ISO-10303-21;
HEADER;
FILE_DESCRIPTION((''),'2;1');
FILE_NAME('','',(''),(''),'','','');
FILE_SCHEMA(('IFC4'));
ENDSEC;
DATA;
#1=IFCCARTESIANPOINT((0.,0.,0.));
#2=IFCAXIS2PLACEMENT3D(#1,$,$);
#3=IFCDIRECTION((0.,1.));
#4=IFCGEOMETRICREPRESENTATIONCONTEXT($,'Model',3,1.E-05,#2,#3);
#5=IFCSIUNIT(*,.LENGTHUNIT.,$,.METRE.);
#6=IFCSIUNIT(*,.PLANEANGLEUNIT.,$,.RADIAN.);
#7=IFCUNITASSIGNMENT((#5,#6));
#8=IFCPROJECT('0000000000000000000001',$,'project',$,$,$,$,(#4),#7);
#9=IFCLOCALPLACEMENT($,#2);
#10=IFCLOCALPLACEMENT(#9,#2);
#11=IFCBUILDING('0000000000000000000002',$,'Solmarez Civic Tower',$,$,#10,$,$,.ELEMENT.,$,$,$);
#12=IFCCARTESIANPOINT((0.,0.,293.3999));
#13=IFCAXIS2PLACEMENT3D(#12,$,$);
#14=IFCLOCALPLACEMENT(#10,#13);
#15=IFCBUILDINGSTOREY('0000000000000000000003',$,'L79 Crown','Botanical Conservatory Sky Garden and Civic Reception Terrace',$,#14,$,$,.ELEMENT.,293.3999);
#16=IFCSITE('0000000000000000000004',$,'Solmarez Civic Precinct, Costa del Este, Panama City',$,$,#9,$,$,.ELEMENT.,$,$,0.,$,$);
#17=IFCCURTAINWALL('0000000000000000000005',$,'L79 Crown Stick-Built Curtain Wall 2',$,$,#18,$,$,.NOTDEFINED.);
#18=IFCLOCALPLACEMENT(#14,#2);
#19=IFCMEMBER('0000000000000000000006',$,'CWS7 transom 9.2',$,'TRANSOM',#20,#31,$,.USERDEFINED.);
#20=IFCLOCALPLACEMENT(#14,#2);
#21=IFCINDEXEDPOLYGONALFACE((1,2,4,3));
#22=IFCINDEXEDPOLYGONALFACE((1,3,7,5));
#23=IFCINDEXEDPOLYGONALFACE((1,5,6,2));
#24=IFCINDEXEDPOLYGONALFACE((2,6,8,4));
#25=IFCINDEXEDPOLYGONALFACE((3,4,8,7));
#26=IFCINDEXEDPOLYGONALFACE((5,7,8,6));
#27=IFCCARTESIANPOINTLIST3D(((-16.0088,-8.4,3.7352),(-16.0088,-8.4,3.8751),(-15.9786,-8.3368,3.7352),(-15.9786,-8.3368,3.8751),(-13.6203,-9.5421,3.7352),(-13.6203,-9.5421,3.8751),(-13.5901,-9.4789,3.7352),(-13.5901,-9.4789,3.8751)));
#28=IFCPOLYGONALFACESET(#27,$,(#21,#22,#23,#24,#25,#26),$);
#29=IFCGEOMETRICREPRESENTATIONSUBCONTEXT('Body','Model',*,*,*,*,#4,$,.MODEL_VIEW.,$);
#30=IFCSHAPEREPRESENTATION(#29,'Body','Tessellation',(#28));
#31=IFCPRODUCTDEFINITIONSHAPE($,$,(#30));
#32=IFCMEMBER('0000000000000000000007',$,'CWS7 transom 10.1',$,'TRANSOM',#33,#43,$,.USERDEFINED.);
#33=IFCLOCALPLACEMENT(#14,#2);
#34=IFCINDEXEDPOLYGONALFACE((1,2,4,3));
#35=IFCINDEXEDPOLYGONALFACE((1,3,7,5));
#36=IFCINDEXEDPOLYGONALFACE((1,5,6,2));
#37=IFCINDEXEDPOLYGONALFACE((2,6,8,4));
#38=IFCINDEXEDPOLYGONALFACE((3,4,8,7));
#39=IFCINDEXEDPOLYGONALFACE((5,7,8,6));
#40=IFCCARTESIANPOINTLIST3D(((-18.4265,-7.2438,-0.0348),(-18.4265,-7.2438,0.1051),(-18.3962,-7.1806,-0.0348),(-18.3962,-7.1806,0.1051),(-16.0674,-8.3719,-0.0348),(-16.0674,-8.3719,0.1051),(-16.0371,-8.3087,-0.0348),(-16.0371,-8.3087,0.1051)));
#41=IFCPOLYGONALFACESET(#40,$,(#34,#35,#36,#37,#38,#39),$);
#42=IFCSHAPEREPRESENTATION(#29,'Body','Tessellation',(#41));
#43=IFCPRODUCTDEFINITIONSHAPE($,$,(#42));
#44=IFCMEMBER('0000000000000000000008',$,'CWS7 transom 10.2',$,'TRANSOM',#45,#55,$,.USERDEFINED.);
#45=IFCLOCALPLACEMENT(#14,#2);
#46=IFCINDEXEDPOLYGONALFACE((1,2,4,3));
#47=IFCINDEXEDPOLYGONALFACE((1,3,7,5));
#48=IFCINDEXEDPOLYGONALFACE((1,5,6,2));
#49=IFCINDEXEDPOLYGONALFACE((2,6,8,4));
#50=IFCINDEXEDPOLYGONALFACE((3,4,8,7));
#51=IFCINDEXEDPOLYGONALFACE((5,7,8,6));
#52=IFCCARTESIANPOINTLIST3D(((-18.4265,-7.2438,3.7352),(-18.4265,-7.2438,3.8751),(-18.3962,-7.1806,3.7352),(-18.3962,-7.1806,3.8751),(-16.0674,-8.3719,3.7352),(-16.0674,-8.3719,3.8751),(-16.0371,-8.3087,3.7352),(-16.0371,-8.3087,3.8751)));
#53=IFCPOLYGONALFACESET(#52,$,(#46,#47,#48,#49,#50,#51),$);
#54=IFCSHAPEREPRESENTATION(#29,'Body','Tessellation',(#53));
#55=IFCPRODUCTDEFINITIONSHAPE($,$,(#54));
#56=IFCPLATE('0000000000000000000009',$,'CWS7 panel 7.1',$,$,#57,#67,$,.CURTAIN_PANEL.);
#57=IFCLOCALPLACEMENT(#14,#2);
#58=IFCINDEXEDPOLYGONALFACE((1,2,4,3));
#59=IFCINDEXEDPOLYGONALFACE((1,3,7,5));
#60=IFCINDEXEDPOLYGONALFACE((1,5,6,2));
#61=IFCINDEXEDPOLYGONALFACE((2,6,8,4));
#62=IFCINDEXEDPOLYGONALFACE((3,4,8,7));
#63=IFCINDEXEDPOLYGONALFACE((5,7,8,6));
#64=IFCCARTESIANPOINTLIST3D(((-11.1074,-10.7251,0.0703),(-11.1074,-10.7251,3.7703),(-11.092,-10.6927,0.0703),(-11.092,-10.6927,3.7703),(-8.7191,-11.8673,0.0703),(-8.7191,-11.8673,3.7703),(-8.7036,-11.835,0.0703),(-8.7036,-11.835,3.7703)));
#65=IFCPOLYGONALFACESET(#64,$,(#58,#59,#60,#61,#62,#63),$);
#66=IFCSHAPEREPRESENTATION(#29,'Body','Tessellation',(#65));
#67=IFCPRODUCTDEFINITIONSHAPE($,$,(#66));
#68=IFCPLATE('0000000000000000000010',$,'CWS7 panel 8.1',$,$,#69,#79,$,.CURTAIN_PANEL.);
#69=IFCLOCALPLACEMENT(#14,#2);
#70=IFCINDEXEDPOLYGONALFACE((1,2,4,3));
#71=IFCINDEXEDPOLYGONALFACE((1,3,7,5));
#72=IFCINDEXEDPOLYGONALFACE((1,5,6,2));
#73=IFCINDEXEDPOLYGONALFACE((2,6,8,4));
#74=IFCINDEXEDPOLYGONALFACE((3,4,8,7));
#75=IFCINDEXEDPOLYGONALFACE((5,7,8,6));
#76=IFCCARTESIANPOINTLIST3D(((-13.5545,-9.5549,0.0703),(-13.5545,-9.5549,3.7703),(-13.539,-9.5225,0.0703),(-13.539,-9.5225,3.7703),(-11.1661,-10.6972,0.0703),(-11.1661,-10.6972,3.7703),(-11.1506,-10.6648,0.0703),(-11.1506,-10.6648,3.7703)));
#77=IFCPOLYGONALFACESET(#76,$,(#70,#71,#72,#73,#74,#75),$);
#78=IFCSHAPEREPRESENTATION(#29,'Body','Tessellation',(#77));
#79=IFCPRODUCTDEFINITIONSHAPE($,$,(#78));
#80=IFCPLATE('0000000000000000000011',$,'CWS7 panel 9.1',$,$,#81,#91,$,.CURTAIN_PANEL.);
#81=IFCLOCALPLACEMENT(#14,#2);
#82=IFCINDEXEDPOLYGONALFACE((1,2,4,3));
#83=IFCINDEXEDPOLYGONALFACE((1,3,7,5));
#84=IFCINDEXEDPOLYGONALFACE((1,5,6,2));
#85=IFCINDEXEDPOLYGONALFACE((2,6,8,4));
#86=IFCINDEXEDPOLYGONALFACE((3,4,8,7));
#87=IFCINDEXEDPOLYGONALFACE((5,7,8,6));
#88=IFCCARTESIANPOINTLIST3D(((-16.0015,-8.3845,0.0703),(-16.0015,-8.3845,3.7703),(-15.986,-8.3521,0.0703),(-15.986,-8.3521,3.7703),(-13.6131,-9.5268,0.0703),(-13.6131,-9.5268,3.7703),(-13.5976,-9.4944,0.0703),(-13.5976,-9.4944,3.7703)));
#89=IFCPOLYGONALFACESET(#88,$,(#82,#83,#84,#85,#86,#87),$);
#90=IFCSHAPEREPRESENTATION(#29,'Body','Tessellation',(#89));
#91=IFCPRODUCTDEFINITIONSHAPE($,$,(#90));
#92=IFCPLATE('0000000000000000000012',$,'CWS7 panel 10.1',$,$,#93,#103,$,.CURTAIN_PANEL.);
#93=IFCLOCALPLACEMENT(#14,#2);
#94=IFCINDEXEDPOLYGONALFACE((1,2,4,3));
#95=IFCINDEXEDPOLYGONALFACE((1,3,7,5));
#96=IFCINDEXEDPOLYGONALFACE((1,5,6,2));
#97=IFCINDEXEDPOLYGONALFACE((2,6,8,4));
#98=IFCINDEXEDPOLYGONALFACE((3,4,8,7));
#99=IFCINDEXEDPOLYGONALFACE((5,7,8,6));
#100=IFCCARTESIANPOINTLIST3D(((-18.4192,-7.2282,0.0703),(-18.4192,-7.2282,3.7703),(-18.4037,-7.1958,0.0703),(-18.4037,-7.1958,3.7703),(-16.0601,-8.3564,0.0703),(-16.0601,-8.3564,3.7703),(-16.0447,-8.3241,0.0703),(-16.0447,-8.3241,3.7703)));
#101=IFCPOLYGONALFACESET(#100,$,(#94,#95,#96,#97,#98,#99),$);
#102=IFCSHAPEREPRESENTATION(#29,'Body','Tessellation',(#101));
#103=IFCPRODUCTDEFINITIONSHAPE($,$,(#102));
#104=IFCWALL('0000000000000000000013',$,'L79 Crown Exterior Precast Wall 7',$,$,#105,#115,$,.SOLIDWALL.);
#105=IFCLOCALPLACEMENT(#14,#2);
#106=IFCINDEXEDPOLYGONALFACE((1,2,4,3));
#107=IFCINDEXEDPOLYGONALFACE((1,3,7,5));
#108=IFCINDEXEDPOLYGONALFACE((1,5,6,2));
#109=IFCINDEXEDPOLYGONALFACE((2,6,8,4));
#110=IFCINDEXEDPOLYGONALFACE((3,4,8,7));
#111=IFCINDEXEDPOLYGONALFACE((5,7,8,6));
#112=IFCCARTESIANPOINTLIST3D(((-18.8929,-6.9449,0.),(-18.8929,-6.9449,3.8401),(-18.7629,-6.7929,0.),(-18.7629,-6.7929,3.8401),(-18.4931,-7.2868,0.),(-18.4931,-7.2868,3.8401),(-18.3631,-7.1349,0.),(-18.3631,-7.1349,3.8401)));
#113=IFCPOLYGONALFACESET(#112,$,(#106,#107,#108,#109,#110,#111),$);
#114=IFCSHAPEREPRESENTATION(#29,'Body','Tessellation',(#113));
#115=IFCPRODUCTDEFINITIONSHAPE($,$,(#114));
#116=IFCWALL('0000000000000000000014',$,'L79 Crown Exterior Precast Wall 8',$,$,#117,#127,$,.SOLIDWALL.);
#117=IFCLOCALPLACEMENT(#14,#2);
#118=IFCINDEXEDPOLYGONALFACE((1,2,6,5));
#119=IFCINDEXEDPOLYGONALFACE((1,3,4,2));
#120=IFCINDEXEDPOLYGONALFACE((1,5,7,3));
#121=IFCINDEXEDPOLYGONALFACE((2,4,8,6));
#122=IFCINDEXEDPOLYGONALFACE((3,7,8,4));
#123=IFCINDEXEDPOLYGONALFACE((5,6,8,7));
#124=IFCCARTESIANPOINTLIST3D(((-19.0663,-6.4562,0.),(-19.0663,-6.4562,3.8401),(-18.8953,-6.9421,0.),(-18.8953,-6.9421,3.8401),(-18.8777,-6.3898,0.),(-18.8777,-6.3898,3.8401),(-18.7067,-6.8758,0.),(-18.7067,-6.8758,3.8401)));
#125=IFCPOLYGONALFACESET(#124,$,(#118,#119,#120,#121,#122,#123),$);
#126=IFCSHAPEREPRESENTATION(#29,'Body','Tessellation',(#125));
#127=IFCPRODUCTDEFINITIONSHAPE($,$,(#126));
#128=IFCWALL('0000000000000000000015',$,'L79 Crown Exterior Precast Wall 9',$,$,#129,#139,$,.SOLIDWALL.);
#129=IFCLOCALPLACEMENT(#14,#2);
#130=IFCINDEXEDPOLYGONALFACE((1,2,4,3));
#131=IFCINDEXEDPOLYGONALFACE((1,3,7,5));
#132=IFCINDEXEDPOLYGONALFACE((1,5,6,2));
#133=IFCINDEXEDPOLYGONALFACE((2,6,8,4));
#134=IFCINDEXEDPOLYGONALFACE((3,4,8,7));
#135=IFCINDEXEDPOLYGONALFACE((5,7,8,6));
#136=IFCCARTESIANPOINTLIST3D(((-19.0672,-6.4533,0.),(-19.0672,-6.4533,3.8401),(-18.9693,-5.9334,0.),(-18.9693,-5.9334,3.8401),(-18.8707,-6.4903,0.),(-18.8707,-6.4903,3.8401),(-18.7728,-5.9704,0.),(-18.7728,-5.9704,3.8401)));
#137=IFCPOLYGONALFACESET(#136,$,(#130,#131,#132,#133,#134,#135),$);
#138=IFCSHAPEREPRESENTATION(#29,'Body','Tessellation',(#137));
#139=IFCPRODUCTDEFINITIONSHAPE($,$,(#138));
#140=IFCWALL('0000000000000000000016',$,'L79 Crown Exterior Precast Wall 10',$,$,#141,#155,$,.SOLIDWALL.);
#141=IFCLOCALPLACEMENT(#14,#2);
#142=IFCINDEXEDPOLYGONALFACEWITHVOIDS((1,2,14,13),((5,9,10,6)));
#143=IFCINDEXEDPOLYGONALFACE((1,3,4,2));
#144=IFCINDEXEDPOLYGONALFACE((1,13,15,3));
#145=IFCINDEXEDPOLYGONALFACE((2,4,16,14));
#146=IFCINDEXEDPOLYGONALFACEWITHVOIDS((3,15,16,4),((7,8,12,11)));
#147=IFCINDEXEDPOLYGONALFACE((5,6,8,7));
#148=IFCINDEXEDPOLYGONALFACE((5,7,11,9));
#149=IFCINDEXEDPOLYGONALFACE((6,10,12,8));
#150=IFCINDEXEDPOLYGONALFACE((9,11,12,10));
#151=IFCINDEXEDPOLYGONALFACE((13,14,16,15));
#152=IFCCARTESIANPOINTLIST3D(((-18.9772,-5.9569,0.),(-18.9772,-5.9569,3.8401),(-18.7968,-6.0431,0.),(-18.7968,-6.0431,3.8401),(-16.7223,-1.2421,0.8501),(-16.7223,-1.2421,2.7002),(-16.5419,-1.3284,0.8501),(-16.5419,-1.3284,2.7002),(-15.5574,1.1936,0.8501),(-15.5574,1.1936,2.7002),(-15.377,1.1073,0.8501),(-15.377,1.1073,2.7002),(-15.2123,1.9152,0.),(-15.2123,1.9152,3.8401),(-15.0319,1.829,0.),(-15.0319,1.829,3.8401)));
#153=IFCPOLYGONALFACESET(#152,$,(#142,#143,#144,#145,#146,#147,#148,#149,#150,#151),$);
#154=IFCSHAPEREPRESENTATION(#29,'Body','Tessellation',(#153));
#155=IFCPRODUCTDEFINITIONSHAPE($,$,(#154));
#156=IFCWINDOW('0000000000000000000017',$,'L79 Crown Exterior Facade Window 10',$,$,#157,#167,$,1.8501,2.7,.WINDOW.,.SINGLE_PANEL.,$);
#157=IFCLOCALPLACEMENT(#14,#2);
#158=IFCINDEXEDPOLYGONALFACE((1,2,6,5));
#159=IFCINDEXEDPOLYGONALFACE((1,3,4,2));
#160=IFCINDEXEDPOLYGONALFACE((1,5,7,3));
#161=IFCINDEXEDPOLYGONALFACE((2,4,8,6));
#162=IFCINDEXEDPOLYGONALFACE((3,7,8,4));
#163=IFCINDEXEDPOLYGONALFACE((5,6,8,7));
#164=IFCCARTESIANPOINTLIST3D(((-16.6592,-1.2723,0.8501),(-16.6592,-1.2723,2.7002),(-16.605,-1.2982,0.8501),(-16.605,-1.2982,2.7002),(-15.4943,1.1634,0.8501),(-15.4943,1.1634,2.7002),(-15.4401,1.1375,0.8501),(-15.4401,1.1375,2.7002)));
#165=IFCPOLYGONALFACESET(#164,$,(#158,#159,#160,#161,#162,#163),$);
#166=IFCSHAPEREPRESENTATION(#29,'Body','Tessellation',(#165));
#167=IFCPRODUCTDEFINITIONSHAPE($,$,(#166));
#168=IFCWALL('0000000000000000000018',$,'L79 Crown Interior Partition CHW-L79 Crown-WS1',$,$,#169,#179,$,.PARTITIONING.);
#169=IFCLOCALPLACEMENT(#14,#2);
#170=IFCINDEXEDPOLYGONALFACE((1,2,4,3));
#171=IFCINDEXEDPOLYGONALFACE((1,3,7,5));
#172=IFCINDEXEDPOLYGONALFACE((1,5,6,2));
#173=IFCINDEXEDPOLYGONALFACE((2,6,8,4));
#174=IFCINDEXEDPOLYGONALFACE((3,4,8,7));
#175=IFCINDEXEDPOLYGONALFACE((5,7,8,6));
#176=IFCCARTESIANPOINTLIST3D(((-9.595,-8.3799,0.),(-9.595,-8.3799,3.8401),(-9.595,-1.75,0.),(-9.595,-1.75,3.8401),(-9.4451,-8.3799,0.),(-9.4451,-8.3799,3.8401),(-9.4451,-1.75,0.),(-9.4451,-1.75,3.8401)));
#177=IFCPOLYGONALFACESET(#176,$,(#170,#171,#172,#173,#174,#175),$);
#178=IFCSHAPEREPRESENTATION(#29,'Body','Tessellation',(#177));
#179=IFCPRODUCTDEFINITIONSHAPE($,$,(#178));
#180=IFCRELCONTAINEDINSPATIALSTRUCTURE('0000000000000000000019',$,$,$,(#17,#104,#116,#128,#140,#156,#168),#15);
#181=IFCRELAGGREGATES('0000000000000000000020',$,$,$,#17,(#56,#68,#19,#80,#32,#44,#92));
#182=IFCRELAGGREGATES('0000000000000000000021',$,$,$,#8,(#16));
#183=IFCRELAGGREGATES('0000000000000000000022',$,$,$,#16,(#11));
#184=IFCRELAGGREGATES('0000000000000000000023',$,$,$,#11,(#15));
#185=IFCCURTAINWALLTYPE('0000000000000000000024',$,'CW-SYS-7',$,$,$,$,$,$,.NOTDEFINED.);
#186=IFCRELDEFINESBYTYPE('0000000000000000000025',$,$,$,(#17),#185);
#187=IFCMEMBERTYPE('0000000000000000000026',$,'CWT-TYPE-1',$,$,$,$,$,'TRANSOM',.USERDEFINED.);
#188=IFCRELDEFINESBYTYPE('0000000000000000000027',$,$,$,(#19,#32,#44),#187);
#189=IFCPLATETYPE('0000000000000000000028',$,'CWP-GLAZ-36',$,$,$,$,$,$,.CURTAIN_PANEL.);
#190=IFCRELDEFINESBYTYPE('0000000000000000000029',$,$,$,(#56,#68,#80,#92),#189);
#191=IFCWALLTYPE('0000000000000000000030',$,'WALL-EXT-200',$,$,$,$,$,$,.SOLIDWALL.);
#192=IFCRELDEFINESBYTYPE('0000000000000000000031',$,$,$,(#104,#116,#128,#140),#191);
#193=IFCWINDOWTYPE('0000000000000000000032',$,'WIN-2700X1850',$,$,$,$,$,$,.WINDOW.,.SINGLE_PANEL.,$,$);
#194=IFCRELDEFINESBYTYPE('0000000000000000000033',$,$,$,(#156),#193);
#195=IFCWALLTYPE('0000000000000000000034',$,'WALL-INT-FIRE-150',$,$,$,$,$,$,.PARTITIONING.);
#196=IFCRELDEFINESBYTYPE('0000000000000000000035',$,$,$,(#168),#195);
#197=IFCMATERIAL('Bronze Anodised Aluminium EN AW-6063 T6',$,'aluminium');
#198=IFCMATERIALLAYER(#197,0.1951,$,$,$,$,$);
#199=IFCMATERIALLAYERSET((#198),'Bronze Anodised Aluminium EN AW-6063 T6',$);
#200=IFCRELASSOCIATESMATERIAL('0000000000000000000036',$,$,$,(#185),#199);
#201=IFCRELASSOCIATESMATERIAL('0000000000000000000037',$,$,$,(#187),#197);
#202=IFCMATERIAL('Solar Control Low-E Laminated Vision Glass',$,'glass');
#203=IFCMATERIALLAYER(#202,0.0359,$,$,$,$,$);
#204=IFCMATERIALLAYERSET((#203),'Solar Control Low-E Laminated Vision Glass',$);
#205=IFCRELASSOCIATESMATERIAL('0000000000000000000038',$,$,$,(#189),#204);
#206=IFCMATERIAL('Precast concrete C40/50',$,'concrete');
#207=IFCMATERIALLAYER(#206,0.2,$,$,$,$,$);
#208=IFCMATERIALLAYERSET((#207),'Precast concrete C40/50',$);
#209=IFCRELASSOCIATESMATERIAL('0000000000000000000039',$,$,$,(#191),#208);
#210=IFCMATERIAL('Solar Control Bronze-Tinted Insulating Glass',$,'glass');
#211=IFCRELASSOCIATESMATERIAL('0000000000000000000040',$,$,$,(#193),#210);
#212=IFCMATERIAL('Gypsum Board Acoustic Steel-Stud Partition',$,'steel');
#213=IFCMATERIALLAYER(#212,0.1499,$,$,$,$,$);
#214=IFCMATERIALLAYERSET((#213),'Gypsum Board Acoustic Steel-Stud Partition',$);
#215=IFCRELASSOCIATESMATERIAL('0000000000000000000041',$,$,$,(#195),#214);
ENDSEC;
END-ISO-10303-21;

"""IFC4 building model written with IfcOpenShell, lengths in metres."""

from ifc_helpers import new_model, si_unit, direction, frame, frame_2d, origin, origin_2d, place, context, subcontext, project, spatial, rectangle, extrude, material, layer, layer_set, material_profile, profile_set, type_object, element, fill, aggregate, save


model = new_model("IFC4")

# Units and contexts
model_context = context("Model", 3, precision=1e-05, world=origin(), true_north=direction((0.0, 1.0)))
body_context = subcontext(model_context, "Body", "Model", "MODEL_VIEW")
ifc_project = project(units=[si_unit("LENGTHUNIT", "METRE"), si_unit("PLANEANGLEUNIT", "RADIAN")], contexts=[model_context])

# Site, building, storey
site_placement = place(None, origin())
site = spatial("IfcSite", under=ifc_project, at=site_placement, Name="Solmarez Civic Precinct, Costa del Este, Panama City", CompositionType="ELEMENT", RefElevation=0.0)
building_placement = place(site_placement, origin())
building = spatial("IfcBuilding", under=site, at=building_placement, Name="Solmarez Civic Tower", CompositionType="ELEMENT")
storey_placement = place(building_placement, frame((0.0, 0.0, 293.3999)))
storey = spatial("IfcBuildingStorey", under=building, at=storey_placement, Name="L79 Crown", Description="Botanical Conservatory Sky Garden and Civic Reception Terrace", CompositionType="ELEMENT", Elevation=293.3999)

# Curtain wall, members, plates
ifc_material_1 = material(Name="Bronze Anodised Aluminium EN AW-6063 T6", Category="aluminium")
ifc_layer_1 = layer(ifc_material_1, 0.1951)
ifc_layer_set_1 = layer_set([ifc_layer_1], Name="Bronze Anodised Aluminium EN AW-6063 T6")
curtain_wall_type = type_object("IfcCurtainWallType", Name="CW-SYS-7", PredefinedType="NOTDEFINED", material=ifc_layer_set_1)
curtain_wall_placement = place(storey_placement, origin())
curtain_wall = element("IfcCurtainWall", 1, at=curtain_wall_placement, inside=storey, type_object=curtain_wall_type, Name="L79 Crown Stick-Built Curtain Wall 2", PredefinedType="NOTDEFINED")
ifc_material_profile_1 = material_profile(ifc_material_1, rectangle(XDim=0.0701, YDim=0.1399, at=origin_2d()), Name="CWT-70X140")
ifc_profile_set_1 = profile_set([ifc_material_profile_1], Name="Bronze Anodised Aluminium EN AW-6063 T6")
member_type_1 = type_object("IfcMemberType", Name="CWT-TYPE-1", ElementType="TRANSOM", PredefinedType="USERDEFINED", material=ifc_profile_set_1)
member_1_placement = place(storey_placement, frame((-13.6052, -9.5105, 3.8052), z_axis=(-0.902164, 0.431393, 0.0), x_axis=(-0.431393, -0.902164, 0.0)))
member_1 = element("IfcMember", 2, at=member_1_placement, type_object=member_type_1, Name="CWS7 transom 9.2", ObjectType="TRANSOM", PredefinedType="USERDEFINED", context=body_context, shape_type="SweptSolid", body=[
    extrude(rectangle(XDim=0.0701, YDim=0.1399, at=origin_2d()), origin(), (0.0, 0.0, 1.0), 2.6475),
])
member_2_placement = place(storey_placement, frame((-16.0522, -8.3403, 0.0352), z_axis=(-0.90215, 0.431422, 0.0), x_axis=(-0.431422, -0.90215, 0.0)))
member_2 = element("IfcMember", 3, at=member_2_placement, type_object=member_type_1, Name="CWS7 transom 10.1", ObjectType="TRANSOM", PredefinedType="USERDEFINED", context=body_context, shape_type="SweptSolid", body=[
    extrude(rectangle(XDim=0.0701, YDim=0.1399, at=origin_2d()), origin(), (0.0, 0.0, 1.0), 2.615),
])
member_3_placement = place(storey_placement, frame((-16.0522, -8.3403, 3.8052), z_axis=(-0.90215, 0.431422, 0.0), x_axis=(-0.431422, -0.90215, 0.0)))
member_3 = element("IfcMember", 4, at=member_3_placement, type_object=member_type_1, Name="CWS7 transom 10.2", ObjectType="TRANSOM", PredefinedType="USERDEFINED", context=body_context, shape_type="SweptSolid", body=[
    extrude(rectangle(XDim=0.0701, YDim=0.1399, at=origin_2d()), origin(), (0.0, 0.0, 1.0), 2.615),
])
ifc_material_2 = material(Name="Solar Control Low-E Laminated Vision Glass", Category="glass")
ifc_layer_2 = layer(ifc_material_2, 0.0359)
ifc_layer_set_2 = layer_set([ifc_layer_2], Name="Solar Control Low-E Laminated Vision Glass")
plate_type = type_object("IfcPlateType", Name="CWP-GLAZ-36", PredefinedType="CURTAIN_PANEL", material=ifc_layer_set_2)
plate_1_placement = place(storey_placement, frame((-9.9055, -11.28, 0.0703), z_axis=(0.0, 0.0, 1.0), x_axis=(-0.902135, 0.431454, 0.0)))
plate_1 = element("IfcPlate", 5, at=plate_1_placement, type_object=plate_type, Name="CWS7 panel 7.1", PredefinedType="CURTAIN_PANEL", context=body_context, shape_type="SweptSolid", body=[
    extrude(rectangle(XDim=2.6475, YDim=0.0359, at=origin_2d()), origin(), (0.0, 0.0, 1.0), 3.7),
])
plate_2_placement = place(storey_placement, frame((-12.3525, -10.1099, 0.0703), z_axis=(0.0, 0.0, 1.0), x_axis=(-0.902135, 0.431454, 0.0)))
plate_2 = element("IfcPlate", 6, at=plate_2_placement, type_object=plate_type, Name="CWS7 panel 8.1", PredefinedType="CURTAIN_PANEL", context=body_context, shape_type="SweptSolid", body=[
    extrude(rectangle(XDim=2.6475, YDim=0.0359, at=origin_2d()), origin(), (0.0, 0.0, 1.0), 3.7),
])
plate_3_placement = place(storey_placement, frame((-14.7996, -8.9395, 0.0703), z_axis=(0.0, 0.0, 1.0), x_axis=(-0.902135, 0.431454, 0.0)))
plate_3 = element("IfcPlate", 7, at=plate_3_placement, type_object=plate_type, Name="CWS7 panel 9.1", PredefinedType="CURTAIN_PANEL", context=body_context, shape_type="SweptSolid", body=[
    extrude(rectangle(XDim=2.6475, YDim=0.0359, at=origin_2d()), origin(), (0.0, 0.0, 1.0), 3.7),
])
plate_4_placement = place(storey_placement, frame((-17.2319, -7.7761, 0.0703), z_axis=(0.0, 0.0, 1.0), x_axis=(-0.902135, 0.431454, 0.0)))
plate_4 = element("IfcPlate", 8, at=plate_4_placement, type_object=plate_type, Name="CWS7 panel 10.1", PredefinedType="CURTAIN_PANEL", context=body_context, shape_type="SweptSolid", body=[
    extrude(rectangle(XDim=2.615, YDim=0.0359, at=origin_2d()), origin(), (0.0, 0.0, 1.0), 3.7),
])
aggregate(curtain_wall, [plate_1, plate_2, member_1, plate_3, member_2, member_3, plate_4])

# Walls
ifc_material_3 = material(Name="Precast concrete C40/50", Category="concrete")
ifc_layer_3 = layer(ifc_material_3, 0.2)
ifc_layer_set_3 = layer_set([ifc_layer_3], Name="Precast concrete C40/50")
wall_type_1 = type_object("IfcWallType", Name="WALL-EXT-200", PredefinedType="SOLIDWALL", material=ifc_layer_set_3)
wall_1_placement = place(storey_placement, frame((-18.428, -7.2109, 0.0), z_axis=(0.0, 0.0, 1.0), x_axis=(-0.759944, 0.649989, 0.0)))
element("IfcWall", 9, at=wall_1_placement, inside=storey, type_object=wall_type_1, Name="L79 Crown Exterior Precast Wall 7", PredefinedType="SOLIDWALL", context=body_context, shape_type="SweptSolid", body=[
    extrude(rectangle(XDim=0.5261, YDim=0.2, at=frame_2d((0.2632, 0.0))), origin(), (0.0, 0.0, 1.0), 3.8401),
])
wall_2_placement = place(storey_placement, frame((-18.801, -6.9089, 0.0), z_axis=(0.0, 0.0, 1.0), x_axis=(-0.331828, 0.94334, 0.0)))
element("IfcWall", 10, at=wall_2_placement, inside=storey, type_object=wall_type_1, Name="L79 Crown Exterior Precast Wall 8", PredefinedType="SOLIDWALL", context=body_context, shape_type="SweptSolid", body=[
    extrude(rectangle(XDim=0.5151, YDim=0.2, at=frame_2d((0.2576, 0.0))), origin(), (0.0, 0.0, 1.0), 3.8401),
])
wall_3_placement = place(storey_placement, frame((-18.969, -6.4719, 0.0), z_axis=(0.0, 0.0, 1.0), x_axis=(0.185013, 0.982736, 0.0)))
element("IfcWall", 11, at=wall_3_placement, inside=storey, type_object=wall_type_1, Name="L79 Crown Exterior Precast Wall 9", PredefinedType="SOLIDWALL", context=body_context, shape_type="SweptSolid", body=[
    extrude(rectangle(XDim=0.5291, YDim=0.2, at=frame_2d((0.2646, 0.0))), origin(), (0.0, 0.0, 1.0), 3.8401),
])

# Wall, opening, window
wall_4_placement = place(storey_placement, frame((-18.887, -6.0, 0.0), z_axis=(0.0, 0.0, 1.0), x_axis=(0.431455, 0.902135, 0.0)))
wall_4 = element("IfcWall", 12, at=wall_4_placement, inside=storey, type_object=wall_type_1, Name="L79 Crown Exterior Precast Wall 10", PredefinedType="SOLIDWALL", context=body_context, shape_type="SweptSolid", body=[
    extrude(rectangle(XDim=8.7261, YDim=0.2, at=frame_2d((4.363, 0.0))), origin(), (0.0, 0.0, 1.0), 3.8401),
])
opening_1_placement = place(wall_4_placement, frame((5.2261, 0.0, 0.8501)))
opening_1 = element("IfcOpeningElement", 13, at=opening_1_placement, cuts=wall_4, PredefinedType="OPENING", context=body_context, shape_type="SweptSolid", body=[
    extrude(rectangle(XDim=2.7, YDim=1.8501, at=frame_2d((1.3501, 0.925))), frame((0.0, 0.1099, 0.0), z_axis=(0.0, -1.0, 0.0), x_axis=(1.0, 0.0, 0.0)), (0.0, 0.0, 1.0), 0.22),
])
ifc_material_4 = material(Name="Solar Control Bronze-Tinted Insulating Glass", Category="glass")
window_type = type_object("IfcWindowType", Name="WIN-2700X1850", PartitioningType="SINGLE_PANEL", PredefinedType="WINDOW", material=ifc_material_4)
window_placement = place(opening_1_placement, origin())
window = element("IfcWindow", 14, at=window_placement, inside=storey, type_object=window_type, Name="L79 Crown Exterior Facade Window 10", OverallHeight=1.8501, OverallWidth=2.7, PartitioningType="SINGLE_PANEL", PredefinedType="WINDOW", context=body_context, shape_type="SweptSolid", body=[
    extrude(rectangle(XDim=2.7, YDim=1.8501, at=frame_2d((1.3501, 0.925))), frame((0.0, 0.03, 0.0), z_axis=(0.0, -1.0, 0.0), x_axis=(1.0, 0.0, 0.0)), (0.0, 0.0, 1.0), 0.0601),
])
fill(opening_1, window)

# Wall
ifc_material_5 = material(Name="Gypsum Board Acoustic Steel-Stud Partition", Category="steel")
ifc_layer_4 = layer(ifc_material_5, 0.1499)
ifc_layer_set_4 = layer_set([ifc_layer_4], Name="Gypsum Board Acoustic Steel-Stud Partition")
wall_type_2 = type_object("IfcWallType", Name="WALL-INT-FIRE-150", PredefinedType="PARTITIONING", material=ifc_layer_set_4)
wall_5_placement = place(storey_placement, frame((-9.52, -8.3799, 0.0), z_axis=(0.0, 0.0, 1.0), x_axis=(0.0, 1.0, 0.0)))
element("IfcWall", 15, at=wall_5_placement, inside=storey, type_object=wall_type_2, Name="L79 Crown Interior Partition CHW-L79 Crown-WS1", PredefinedType="PARTITIONING", context=body_context, shape_type="SweptSolid", body=[
    extrude(rectangle(XDim=6.6299, YDim=0.1499, at=frame_2d((3.3149, 0.0))), origin(), (0.0, 0.0, 1.0), 3.8401),
])

save(model, "model.ifc")
